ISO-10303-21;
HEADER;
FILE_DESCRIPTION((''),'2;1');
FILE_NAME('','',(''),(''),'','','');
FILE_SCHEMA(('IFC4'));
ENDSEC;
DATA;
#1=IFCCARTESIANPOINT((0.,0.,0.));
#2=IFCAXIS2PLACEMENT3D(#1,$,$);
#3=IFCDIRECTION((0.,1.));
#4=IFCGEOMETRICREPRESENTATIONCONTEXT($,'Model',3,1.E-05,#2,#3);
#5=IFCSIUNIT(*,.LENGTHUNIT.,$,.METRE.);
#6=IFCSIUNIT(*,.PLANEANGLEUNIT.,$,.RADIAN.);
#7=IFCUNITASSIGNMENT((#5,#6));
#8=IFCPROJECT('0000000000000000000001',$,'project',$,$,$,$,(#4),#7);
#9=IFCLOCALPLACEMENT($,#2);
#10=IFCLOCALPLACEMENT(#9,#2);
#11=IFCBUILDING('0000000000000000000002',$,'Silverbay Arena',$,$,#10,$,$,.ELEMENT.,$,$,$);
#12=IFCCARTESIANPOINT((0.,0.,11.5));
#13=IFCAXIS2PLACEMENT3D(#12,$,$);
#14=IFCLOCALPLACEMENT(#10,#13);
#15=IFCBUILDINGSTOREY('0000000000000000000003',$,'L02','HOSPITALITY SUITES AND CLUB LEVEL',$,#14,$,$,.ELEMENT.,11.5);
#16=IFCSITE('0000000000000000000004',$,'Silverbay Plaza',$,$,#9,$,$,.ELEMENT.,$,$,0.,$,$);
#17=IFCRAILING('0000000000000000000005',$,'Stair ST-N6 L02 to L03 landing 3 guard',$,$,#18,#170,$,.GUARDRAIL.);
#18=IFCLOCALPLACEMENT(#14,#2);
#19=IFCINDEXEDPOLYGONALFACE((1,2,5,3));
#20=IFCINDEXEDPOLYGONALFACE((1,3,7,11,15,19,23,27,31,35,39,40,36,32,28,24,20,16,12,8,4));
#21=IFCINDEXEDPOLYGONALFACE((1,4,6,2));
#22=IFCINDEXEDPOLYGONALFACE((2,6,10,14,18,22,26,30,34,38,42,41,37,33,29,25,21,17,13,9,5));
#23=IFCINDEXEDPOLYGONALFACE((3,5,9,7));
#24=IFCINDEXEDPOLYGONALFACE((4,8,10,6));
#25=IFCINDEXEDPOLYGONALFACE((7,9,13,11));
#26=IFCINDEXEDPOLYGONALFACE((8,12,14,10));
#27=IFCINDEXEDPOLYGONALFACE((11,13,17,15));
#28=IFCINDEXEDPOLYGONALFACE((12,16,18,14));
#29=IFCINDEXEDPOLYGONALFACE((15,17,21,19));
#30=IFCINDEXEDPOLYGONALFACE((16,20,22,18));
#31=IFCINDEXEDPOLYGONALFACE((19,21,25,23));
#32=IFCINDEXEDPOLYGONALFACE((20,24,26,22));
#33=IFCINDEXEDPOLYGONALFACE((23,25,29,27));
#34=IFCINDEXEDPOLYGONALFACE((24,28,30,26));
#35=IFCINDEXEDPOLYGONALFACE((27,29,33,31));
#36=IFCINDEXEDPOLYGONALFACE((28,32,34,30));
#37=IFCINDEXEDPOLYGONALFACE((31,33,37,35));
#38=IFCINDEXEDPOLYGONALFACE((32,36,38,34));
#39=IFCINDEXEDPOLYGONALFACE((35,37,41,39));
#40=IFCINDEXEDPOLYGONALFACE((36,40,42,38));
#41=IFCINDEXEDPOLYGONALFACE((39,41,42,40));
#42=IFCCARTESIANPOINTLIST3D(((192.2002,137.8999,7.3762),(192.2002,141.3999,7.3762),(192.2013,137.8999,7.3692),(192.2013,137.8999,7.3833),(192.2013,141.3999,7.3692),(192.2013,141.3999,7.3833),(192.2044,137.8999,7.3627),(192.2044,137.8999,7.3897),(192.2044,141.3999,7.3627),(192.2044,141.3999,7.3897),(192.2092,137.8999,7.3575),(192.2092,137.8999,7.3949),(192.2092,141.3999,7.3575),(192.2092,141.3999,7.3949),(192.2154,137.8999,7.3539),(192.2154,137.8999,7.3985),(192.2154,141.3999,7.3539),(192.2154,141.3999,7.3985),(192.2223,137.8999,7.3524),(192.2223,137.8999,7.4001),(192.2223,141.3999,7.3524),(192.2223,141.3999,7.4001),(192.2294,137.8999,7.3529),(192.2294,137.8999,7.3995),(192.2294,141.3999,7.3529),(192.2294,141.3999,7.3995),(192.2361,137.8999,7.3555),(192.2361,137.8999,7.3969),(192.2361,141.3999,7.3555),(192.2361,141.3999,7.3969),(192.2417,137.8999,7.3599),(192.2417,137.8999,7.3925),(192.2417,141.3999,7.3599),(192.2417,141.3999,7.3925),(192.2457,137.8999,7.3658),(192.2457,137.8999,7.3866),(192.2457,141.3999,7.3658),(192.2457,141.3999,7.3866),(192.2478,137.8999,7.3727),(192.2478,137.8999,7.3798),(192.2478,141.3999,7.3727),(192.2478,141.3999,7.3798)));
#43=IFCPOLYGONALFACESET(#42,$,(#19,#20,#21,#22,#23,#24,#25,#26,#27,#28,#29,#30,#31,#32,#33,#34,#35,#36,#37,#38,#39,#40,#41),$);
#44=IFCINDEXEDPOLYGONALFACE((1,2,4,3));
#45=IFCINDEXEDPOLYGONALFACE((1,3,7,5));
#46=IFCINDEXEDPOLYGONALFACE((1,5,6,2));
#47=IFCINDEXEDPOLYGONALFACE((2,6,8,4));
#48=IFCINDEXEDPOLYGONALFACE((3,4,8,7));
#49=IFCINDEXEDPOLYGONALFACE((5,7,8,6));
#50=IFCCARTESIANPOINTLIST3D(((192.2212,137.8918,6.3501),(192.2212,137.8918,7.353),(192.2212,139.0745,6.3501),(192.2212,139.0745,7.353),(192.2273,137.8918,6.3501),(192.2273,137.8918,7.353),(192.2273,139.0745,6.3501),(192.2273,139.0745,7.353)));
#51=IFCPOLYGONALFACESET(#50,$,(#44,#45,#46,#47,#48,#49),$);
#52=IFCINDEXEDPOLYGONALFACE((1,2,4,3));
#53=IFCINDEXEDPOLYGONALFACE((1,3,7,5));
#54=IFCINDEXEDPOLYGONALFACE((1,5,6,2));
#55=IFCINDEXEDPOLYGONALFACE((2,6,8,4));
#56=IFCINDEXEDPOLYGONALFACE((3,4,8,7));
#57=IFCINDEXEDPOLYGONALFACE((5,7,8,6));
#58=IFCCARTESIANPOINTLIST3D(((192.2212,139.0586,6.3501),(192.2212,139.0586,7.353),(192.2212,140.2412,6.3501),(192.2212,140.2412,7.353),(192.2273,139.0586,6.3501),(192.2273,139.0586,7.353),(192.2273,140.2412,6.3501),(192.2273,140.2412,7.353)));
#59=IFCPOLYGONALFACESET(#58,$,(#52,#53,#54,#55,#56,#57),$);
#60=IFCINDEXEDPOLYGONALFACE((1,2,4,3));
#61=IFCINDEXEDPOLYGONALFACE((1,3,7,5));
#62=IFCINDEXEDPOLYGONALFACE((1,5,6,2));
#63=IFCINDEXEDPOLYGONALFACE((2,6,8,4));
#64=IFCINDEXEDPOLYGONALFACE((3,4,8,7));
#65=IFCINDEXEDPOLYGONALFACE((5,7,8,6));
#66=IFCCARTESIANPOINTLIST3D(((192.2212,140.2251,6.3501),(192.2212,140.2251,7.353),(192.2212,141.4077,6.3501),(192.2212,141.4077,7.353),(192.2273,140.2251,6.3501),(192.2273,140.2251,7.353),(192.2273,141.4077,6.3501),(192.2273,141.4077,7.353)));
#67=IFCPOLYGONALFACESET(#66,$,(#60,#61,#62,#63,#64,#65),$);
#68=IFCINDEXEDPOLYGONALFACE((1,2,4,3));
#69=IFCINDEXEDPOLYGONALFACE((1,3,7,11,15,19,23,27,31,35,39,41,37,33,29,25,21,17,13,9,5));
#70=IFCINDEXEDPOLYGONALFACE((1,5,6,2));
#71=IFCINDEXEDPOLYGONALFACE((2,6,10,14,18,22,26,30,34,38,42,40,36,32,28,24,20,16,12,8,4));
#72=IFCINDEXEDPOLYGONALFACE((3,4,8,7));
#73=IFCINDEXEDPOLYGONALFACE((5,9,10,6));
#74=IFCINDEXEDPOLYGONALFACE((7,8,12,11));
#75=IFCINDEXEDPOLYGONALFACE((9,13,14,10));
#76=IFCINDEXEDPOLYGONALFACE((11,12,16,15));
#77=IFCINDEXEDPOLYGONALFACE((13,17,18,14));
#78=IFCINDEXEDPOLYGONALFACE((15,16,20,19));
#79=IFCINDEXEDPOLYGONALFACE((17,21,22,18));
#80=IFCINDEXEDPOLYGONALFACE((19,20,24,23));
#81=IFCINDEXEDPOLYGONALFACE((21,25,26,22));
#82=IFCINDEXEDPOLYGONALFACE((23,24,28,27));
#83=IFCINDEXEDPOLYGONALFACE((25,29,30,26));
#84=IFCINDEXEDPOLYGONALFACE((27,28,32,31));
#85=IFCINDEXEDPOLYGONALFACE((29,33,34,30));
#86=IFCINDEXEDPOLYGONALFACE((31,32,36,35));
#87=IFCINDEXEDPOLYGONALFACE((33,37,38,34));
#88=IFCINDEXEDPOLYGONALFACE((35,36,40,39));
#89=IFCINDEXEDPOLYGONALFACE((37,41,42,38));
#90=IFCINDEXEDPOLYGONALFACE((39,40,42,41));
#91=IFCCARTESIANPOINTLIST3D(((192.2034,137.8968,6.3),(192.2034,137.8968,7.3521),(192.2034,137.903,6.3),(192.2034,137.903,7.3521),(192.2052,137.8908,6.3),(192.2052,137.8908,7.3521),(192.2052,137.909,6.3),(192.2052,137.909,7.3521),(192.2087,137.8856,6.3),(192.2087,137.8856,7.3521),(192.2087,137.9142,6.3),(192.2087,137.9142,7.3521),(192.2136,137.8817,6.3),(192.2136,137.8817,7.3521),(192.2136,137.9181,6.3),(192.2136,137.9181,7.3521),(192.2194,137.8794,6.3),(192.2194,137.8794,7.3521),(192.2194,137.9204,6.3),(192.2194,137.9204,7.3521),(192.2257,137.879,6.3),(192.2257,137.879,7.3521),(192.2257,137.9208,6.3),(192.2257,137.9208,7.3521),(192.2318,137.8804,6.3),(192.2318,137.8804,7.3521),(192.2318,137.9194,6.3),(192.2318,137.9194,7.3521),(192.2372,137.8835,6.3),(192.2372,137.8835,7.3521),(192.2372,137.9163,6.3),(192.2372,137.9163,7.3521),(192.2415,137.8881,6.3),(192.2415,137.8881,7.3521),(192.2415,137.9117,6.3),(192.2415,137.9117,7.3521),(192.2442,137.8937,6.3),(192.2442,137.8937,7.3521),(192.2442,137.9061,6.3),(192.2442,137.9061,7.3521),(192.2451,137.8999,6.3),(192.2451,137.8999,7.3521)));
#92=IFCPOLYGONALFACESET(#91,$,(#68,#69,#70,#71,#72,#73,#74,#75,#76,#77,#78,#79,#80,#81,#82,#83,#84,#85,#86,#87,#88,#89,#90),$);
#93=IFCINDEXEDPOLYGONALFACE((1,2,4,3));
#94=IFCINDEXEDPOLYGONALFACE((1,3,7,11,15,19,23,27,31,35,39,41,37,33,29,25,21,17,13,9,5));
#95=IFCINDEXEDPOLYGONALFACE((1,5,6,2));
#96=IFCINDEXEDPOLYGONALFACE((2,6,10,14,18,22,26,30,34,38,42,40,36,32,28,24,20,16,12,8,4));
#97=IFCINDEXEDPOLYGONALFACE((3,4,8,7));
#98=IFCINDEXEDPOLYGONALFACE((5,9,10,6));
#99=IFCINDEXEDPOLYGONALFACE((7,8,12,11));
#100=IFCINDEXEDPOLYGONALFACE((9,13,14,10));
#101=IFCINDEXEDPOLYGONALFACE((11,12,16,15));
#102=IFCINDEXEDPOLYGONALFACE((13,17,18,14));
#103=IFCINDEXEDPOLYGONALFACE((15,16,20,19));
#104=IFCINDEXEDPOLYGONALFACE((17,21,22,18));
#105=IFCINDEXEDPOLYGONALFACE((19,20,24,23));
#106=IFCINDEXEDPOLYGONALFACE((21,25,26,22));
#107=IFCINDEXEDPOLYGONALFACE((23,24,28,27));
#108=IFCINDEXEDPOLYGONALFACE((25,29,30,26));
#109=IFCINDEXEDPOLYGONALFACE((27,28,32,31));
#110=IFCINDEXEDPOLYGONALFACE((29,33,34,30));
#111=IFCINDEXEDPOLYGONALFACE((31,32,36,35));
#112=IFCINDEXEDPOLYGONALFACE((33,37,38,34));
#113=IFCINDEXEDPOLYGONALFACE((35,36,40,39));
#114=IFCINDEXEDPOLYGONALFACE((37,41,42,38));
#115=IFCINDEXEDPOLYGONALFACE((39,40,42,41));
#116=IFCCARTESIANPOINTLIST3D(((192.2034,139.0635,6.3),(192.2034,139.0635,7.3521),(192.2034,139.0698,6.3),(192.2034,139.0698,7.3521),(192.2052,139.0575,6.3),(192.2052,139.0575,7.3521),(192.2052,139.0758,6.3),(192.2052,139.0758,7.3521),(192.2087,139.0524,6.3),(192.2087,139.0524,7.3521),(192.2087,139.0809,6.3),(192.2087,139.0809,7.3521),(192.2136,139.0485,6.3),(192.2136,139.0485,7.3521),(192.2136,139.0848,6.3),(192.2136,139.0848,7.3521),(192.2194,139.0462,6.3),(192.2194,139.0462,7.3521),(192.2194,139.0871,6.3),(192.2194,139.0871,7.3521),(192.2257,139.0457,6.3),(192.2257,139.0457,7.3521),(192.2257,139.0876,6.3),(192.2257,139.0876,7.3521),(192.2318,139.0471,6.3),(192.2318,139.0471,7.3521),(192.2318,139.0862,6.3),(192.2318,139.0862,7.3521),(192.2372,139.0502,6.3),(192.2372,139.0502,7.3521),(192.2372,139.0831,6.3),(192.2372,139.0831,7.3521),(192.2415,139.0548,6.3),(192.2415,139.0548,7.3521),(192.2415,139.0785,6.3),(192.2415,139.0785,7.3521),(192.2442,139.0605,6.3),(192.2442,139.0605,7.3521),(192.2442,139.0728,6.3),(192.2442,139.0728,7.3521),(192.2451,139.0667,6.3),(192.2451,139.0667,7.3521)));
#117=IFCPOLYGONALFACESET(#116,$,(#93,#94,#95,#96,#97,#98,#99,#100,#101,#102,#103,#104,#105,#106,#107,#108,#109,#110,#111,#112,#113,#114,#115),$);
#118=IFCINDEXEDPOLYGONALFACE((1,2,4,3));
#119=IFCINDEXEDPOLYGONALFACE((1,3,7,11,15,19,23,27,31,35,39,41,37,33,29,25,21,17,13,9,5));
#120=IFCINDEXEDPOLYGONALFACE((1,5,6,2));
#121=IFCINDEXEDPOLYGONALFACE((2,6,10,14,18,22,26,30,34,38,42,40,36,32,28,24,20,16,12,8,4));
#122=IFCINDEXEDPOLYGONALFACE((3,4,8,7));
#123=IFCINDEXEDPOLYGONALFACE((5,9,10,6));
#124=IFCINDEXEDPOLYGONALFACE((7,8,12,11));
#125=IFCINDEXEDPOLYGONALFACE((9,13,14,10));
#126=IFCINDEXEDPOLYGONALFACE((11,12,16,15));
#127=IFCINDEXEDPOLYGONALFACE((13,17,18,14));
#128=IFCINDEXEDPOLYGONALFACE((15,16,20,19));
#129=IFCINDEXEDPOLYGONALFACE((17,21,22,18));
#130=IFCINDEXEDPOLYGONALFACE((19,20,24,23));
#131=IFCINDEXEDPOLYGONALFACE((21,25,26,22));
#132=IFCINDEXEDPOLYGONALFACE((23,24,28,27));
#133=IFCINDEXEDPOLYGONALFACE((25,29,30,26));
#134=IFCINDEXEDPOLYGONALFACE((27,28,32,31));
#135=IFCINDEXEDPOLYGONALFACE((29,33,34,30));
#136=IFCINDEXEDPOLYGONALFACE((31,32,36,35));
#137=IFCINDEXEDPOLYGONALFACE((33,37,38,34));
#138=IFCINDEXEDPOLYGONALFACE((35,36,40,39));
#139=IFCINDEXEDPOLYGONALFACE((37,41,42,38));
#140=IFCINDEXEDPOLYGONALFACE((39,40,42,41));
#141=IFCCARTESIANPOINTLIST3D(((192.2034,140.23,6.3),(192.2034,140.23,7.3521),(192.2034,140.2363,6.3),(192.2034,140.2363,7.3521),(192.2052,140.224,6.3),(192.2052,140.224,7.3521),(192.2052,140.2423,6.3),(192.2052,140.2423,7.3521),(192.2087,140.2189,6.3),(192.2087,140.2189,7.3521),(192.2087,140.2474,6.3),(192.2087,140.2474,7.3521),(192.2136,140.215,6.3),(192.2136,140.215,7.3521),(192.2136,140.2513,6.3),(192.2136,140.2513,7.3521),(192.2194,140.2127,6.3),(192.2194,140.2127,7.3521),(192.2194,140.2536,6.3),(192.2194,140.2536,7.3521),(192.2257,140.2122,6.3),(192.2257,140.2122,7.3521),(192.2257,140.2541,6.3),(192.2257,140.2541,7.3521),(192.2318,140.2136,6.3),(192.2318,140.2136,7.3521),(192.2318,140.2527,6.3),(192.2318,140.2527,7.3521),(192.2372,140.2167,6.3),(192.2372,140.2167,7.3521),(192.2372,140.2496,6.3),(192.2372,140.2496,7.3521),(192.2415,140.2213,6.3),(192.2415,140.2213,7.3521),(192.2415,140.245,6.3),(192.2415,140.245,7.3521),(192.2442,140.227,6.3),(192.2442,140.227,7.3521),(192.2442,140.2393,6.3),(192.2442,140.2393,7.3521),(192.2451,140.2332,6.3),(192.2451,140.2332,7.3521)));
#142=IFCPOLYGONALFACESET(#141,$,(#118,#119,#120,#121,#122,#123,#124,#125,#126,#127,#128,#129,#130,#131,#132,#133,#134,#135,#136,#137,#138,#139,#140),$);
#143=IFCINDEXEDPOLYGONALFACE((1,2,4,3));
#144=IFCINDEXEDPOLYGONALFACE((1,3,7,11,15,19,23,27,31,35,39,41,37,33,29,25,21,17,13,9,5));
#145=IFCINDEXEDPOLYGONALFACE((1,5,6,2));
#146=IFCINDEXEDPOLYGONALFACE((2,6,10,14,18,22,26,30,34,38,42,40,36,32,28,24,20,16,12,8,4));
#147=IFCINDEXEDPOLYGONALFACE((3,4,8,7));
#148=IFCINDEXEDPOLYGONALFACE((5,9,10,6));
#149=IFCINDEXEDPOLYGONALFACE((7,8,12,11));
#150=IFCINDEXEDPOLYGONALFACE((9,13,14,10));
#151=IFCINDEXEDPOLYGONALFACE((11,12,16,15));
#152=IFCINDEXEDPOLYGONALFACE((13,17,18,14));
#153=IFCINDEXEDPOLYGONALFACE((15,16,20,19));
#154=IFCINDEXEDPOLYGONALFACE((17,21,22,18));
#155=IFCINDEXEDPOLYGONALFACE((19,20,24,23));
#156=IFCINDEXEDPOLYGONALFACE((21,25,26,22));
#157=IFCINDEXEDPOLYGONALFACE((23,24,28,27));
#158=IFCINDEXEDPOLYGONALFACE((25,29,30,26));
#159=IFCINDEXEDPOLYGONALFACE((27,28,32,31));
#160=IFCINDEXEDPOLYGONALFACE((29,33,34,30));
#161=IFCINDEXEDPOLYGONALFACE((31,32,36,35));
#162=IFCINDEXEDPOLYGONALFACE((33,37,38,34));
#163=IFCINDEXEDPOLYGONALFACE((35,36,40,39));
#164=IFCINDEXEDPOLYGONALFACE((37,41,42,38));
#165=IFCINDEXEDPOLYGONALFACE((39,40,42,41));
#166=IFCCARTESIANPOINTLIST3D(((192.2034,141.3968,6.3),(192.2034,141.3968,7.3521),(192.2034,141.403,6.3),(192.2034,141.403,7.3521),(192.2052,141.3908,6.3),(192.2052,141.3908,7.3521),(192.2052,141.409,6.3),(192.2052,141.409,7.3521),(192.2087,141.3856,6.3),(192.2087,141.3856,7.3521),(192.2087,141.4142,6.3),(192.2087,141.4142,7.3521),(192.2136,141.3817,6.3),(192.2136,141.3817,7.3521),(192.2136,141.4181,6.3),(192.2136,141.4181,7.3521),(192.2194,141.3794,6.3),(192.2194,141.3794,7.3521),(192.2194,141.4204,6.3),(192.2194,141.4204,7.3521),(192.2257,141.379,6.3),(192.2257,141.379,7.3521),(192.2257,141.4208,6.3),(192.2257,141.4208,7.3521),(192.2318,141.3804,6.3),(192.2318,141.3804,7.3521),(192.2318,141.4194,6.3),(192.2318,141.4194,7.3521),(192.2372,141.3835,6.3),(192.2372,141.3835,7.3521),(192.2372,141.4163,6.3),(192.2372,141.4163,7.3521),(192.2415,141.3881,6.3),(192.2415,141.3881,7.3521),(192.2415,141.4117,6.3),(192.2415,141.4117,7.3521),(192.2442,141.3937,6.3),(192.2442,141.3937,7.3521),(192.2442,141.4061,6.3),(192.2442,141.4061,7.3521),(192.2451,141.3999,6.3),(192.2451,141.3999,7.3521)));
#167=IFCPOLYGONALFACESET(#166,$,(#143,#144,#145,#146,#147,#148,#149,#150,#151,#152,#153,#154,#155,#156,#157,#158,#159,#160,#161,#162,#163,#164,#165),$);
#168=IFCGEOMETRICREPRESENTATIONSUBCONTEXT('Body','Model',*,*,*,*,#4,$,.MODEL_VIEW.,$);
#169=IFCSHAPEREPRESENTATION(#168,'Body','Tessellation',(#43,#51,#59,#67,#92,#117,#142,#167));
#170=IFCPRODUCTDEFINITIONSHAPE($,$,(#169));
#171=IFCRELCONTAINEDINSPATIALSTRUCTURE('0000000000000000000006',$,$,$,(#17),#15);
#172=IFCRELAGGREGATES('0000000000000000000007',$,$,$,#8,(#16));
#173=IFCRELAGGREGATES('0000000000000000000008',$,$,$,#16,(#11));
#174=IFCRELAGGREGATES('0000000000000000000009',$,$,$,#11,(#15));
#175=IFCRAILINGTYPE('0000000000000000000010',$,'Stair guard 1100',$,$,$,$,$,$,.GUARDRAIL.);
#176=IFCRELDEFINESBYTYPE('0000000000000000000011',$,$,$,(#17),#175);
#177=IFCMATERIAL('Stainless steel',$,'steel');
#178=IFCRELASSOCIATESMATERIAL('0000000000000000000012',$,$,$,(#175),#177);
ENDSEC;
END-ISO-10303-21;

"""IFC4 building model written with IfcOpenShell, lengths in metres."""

from ifc_helpers import new_model, si_unit, direction, frame, origin, origin_2d, place, context, subcontext, project, spatial, polyline, circle, outline, extrude, material, type_object, element, save


model = new_model("IFC4")

# Units and contexts
model_context = context("Model", 3, precision=1e-05, world=origin(), true_north=direction((0.0, 1.0)))
body_context = subcontext(model_context, "Body", "Model", "MODEL_VIEW")
ifc_project = project(units=[si_unit("LENGTHUNIT", "METRE"), si_unit("PLANEANGLEUNIT", "RADIAN")], contexts=[model_context])

# Site, building, storey
site_placement = place(None, origin())
site = spatial("IfcSite", under=ifc_project, at=site_placement, Name="Silverbay Plaza", CompositionType="ELEMENT", RefElevation=0.0)
building_placement = place(site_placement, origin())
building = spatial("IfcBuilding", under=site, at=building_placement, Name="Silverbay Arena", CompositionType="ELEMENT")
storey_placement = place(building_placement, frame((0.0, 0.0, 11.5)))
storey = spatial("IfcBuildingStorey", under=building, at=storey_placement, Name="L02", Description="HOSPITALITY SUITES AND CLUB LEVEL", CompositionType="ELEMENT", Elevation=11.5)

# Railing
ifc_material_1 = material(Name="Stainless steel", Category="steel")
railing_type_1 = type_object("IfcRailingType", Name="Stair guard 1100", PredefinedType="GUARDRAIL", material=ifc_material_1)
for number, where, name in (
    (1, (192.2241, 137.8999, 6.3), "Stair ST-N6 L02 to L03 landing 3 guard"),
):
    element("IfcRailing", number, at=place(storey_placement, frame(where)), inside=storey, type_object=railing_type_1, Name=name, PredefinedType="GUARDRAIL", context=body_context, shape_type="SweptSolid", body=[
        extrude(circle(Radius=0.0239, at=origin_2d()), frame((0.0, 0.0, 1.0762), z_axis=(0.0, 1.0, 0.0), x_axis=(-1.0, 0.0, 0.0)), (0.0, 0.0, 1.0), 3.5),
        extrude(outline(polyline([(-0.0081, 0.05), (1.1746, 0.05), (1.1746, 1.053), (-0.0081, 1.053), (-0.0081, 0.05)])), frame((-0.0029, 0.0, 0.0), z_axis=(1.0, 0.0, 0.0), x_axis=(0.0, 1.0, 0.0)), (0.0, 0.0, 1.0), 0.0061),
        extrude(outline(polyline([(-0.0081, 0.05), (1.1746, 0.05), (1.1746, 1.053), (-0.0081, 1.053), (-0.0081, 0.05)])), frame((-0.0029, 1.1667, 0.0), z_axis=(1.0, 0.0, 0.0), x_axis=(0.0, 1.0, 0.0)), (0.0, 0.0, 1.0), 0.0061),
        extrude(outline(polyline([(-0.0081, 0.05), (1.1746, 0.05), (1.1746, 1.053), (-0.0081, 1.053), (-0.0081, 0.05)])), frame((-0.0029, 2.3333, 0.0), z_axis=(1.0, 0.0, 0.0), x_axis=(0.0, 1.0, 0.0)), (0.0, 0.0, 1.0), 0.0061),
        extrude(circle(Radius=0.021, at=origin_2d()), origin(), (0.0, 0.0, 1.0), 1.052),
        extrude(circle(Radius=0.021, at=origin_2d()), frame((0.0, 1.1667, 0.0)), (0.0, 0.0, 1.0), 1.052),
        extrude(circle(Radius=0.021, at=origin_2d()), frame((0.0, 2.3333, 0.0)), (0.0, 0.0, 1.0), 1.052),
        extrude(circle(Radius=0.021, at=origin_2d()), frame((0.0, 3.5, 0.0)), (0.0, 0.0, 1.0), 1.052),
    ])

save(model, "model.ifc")
